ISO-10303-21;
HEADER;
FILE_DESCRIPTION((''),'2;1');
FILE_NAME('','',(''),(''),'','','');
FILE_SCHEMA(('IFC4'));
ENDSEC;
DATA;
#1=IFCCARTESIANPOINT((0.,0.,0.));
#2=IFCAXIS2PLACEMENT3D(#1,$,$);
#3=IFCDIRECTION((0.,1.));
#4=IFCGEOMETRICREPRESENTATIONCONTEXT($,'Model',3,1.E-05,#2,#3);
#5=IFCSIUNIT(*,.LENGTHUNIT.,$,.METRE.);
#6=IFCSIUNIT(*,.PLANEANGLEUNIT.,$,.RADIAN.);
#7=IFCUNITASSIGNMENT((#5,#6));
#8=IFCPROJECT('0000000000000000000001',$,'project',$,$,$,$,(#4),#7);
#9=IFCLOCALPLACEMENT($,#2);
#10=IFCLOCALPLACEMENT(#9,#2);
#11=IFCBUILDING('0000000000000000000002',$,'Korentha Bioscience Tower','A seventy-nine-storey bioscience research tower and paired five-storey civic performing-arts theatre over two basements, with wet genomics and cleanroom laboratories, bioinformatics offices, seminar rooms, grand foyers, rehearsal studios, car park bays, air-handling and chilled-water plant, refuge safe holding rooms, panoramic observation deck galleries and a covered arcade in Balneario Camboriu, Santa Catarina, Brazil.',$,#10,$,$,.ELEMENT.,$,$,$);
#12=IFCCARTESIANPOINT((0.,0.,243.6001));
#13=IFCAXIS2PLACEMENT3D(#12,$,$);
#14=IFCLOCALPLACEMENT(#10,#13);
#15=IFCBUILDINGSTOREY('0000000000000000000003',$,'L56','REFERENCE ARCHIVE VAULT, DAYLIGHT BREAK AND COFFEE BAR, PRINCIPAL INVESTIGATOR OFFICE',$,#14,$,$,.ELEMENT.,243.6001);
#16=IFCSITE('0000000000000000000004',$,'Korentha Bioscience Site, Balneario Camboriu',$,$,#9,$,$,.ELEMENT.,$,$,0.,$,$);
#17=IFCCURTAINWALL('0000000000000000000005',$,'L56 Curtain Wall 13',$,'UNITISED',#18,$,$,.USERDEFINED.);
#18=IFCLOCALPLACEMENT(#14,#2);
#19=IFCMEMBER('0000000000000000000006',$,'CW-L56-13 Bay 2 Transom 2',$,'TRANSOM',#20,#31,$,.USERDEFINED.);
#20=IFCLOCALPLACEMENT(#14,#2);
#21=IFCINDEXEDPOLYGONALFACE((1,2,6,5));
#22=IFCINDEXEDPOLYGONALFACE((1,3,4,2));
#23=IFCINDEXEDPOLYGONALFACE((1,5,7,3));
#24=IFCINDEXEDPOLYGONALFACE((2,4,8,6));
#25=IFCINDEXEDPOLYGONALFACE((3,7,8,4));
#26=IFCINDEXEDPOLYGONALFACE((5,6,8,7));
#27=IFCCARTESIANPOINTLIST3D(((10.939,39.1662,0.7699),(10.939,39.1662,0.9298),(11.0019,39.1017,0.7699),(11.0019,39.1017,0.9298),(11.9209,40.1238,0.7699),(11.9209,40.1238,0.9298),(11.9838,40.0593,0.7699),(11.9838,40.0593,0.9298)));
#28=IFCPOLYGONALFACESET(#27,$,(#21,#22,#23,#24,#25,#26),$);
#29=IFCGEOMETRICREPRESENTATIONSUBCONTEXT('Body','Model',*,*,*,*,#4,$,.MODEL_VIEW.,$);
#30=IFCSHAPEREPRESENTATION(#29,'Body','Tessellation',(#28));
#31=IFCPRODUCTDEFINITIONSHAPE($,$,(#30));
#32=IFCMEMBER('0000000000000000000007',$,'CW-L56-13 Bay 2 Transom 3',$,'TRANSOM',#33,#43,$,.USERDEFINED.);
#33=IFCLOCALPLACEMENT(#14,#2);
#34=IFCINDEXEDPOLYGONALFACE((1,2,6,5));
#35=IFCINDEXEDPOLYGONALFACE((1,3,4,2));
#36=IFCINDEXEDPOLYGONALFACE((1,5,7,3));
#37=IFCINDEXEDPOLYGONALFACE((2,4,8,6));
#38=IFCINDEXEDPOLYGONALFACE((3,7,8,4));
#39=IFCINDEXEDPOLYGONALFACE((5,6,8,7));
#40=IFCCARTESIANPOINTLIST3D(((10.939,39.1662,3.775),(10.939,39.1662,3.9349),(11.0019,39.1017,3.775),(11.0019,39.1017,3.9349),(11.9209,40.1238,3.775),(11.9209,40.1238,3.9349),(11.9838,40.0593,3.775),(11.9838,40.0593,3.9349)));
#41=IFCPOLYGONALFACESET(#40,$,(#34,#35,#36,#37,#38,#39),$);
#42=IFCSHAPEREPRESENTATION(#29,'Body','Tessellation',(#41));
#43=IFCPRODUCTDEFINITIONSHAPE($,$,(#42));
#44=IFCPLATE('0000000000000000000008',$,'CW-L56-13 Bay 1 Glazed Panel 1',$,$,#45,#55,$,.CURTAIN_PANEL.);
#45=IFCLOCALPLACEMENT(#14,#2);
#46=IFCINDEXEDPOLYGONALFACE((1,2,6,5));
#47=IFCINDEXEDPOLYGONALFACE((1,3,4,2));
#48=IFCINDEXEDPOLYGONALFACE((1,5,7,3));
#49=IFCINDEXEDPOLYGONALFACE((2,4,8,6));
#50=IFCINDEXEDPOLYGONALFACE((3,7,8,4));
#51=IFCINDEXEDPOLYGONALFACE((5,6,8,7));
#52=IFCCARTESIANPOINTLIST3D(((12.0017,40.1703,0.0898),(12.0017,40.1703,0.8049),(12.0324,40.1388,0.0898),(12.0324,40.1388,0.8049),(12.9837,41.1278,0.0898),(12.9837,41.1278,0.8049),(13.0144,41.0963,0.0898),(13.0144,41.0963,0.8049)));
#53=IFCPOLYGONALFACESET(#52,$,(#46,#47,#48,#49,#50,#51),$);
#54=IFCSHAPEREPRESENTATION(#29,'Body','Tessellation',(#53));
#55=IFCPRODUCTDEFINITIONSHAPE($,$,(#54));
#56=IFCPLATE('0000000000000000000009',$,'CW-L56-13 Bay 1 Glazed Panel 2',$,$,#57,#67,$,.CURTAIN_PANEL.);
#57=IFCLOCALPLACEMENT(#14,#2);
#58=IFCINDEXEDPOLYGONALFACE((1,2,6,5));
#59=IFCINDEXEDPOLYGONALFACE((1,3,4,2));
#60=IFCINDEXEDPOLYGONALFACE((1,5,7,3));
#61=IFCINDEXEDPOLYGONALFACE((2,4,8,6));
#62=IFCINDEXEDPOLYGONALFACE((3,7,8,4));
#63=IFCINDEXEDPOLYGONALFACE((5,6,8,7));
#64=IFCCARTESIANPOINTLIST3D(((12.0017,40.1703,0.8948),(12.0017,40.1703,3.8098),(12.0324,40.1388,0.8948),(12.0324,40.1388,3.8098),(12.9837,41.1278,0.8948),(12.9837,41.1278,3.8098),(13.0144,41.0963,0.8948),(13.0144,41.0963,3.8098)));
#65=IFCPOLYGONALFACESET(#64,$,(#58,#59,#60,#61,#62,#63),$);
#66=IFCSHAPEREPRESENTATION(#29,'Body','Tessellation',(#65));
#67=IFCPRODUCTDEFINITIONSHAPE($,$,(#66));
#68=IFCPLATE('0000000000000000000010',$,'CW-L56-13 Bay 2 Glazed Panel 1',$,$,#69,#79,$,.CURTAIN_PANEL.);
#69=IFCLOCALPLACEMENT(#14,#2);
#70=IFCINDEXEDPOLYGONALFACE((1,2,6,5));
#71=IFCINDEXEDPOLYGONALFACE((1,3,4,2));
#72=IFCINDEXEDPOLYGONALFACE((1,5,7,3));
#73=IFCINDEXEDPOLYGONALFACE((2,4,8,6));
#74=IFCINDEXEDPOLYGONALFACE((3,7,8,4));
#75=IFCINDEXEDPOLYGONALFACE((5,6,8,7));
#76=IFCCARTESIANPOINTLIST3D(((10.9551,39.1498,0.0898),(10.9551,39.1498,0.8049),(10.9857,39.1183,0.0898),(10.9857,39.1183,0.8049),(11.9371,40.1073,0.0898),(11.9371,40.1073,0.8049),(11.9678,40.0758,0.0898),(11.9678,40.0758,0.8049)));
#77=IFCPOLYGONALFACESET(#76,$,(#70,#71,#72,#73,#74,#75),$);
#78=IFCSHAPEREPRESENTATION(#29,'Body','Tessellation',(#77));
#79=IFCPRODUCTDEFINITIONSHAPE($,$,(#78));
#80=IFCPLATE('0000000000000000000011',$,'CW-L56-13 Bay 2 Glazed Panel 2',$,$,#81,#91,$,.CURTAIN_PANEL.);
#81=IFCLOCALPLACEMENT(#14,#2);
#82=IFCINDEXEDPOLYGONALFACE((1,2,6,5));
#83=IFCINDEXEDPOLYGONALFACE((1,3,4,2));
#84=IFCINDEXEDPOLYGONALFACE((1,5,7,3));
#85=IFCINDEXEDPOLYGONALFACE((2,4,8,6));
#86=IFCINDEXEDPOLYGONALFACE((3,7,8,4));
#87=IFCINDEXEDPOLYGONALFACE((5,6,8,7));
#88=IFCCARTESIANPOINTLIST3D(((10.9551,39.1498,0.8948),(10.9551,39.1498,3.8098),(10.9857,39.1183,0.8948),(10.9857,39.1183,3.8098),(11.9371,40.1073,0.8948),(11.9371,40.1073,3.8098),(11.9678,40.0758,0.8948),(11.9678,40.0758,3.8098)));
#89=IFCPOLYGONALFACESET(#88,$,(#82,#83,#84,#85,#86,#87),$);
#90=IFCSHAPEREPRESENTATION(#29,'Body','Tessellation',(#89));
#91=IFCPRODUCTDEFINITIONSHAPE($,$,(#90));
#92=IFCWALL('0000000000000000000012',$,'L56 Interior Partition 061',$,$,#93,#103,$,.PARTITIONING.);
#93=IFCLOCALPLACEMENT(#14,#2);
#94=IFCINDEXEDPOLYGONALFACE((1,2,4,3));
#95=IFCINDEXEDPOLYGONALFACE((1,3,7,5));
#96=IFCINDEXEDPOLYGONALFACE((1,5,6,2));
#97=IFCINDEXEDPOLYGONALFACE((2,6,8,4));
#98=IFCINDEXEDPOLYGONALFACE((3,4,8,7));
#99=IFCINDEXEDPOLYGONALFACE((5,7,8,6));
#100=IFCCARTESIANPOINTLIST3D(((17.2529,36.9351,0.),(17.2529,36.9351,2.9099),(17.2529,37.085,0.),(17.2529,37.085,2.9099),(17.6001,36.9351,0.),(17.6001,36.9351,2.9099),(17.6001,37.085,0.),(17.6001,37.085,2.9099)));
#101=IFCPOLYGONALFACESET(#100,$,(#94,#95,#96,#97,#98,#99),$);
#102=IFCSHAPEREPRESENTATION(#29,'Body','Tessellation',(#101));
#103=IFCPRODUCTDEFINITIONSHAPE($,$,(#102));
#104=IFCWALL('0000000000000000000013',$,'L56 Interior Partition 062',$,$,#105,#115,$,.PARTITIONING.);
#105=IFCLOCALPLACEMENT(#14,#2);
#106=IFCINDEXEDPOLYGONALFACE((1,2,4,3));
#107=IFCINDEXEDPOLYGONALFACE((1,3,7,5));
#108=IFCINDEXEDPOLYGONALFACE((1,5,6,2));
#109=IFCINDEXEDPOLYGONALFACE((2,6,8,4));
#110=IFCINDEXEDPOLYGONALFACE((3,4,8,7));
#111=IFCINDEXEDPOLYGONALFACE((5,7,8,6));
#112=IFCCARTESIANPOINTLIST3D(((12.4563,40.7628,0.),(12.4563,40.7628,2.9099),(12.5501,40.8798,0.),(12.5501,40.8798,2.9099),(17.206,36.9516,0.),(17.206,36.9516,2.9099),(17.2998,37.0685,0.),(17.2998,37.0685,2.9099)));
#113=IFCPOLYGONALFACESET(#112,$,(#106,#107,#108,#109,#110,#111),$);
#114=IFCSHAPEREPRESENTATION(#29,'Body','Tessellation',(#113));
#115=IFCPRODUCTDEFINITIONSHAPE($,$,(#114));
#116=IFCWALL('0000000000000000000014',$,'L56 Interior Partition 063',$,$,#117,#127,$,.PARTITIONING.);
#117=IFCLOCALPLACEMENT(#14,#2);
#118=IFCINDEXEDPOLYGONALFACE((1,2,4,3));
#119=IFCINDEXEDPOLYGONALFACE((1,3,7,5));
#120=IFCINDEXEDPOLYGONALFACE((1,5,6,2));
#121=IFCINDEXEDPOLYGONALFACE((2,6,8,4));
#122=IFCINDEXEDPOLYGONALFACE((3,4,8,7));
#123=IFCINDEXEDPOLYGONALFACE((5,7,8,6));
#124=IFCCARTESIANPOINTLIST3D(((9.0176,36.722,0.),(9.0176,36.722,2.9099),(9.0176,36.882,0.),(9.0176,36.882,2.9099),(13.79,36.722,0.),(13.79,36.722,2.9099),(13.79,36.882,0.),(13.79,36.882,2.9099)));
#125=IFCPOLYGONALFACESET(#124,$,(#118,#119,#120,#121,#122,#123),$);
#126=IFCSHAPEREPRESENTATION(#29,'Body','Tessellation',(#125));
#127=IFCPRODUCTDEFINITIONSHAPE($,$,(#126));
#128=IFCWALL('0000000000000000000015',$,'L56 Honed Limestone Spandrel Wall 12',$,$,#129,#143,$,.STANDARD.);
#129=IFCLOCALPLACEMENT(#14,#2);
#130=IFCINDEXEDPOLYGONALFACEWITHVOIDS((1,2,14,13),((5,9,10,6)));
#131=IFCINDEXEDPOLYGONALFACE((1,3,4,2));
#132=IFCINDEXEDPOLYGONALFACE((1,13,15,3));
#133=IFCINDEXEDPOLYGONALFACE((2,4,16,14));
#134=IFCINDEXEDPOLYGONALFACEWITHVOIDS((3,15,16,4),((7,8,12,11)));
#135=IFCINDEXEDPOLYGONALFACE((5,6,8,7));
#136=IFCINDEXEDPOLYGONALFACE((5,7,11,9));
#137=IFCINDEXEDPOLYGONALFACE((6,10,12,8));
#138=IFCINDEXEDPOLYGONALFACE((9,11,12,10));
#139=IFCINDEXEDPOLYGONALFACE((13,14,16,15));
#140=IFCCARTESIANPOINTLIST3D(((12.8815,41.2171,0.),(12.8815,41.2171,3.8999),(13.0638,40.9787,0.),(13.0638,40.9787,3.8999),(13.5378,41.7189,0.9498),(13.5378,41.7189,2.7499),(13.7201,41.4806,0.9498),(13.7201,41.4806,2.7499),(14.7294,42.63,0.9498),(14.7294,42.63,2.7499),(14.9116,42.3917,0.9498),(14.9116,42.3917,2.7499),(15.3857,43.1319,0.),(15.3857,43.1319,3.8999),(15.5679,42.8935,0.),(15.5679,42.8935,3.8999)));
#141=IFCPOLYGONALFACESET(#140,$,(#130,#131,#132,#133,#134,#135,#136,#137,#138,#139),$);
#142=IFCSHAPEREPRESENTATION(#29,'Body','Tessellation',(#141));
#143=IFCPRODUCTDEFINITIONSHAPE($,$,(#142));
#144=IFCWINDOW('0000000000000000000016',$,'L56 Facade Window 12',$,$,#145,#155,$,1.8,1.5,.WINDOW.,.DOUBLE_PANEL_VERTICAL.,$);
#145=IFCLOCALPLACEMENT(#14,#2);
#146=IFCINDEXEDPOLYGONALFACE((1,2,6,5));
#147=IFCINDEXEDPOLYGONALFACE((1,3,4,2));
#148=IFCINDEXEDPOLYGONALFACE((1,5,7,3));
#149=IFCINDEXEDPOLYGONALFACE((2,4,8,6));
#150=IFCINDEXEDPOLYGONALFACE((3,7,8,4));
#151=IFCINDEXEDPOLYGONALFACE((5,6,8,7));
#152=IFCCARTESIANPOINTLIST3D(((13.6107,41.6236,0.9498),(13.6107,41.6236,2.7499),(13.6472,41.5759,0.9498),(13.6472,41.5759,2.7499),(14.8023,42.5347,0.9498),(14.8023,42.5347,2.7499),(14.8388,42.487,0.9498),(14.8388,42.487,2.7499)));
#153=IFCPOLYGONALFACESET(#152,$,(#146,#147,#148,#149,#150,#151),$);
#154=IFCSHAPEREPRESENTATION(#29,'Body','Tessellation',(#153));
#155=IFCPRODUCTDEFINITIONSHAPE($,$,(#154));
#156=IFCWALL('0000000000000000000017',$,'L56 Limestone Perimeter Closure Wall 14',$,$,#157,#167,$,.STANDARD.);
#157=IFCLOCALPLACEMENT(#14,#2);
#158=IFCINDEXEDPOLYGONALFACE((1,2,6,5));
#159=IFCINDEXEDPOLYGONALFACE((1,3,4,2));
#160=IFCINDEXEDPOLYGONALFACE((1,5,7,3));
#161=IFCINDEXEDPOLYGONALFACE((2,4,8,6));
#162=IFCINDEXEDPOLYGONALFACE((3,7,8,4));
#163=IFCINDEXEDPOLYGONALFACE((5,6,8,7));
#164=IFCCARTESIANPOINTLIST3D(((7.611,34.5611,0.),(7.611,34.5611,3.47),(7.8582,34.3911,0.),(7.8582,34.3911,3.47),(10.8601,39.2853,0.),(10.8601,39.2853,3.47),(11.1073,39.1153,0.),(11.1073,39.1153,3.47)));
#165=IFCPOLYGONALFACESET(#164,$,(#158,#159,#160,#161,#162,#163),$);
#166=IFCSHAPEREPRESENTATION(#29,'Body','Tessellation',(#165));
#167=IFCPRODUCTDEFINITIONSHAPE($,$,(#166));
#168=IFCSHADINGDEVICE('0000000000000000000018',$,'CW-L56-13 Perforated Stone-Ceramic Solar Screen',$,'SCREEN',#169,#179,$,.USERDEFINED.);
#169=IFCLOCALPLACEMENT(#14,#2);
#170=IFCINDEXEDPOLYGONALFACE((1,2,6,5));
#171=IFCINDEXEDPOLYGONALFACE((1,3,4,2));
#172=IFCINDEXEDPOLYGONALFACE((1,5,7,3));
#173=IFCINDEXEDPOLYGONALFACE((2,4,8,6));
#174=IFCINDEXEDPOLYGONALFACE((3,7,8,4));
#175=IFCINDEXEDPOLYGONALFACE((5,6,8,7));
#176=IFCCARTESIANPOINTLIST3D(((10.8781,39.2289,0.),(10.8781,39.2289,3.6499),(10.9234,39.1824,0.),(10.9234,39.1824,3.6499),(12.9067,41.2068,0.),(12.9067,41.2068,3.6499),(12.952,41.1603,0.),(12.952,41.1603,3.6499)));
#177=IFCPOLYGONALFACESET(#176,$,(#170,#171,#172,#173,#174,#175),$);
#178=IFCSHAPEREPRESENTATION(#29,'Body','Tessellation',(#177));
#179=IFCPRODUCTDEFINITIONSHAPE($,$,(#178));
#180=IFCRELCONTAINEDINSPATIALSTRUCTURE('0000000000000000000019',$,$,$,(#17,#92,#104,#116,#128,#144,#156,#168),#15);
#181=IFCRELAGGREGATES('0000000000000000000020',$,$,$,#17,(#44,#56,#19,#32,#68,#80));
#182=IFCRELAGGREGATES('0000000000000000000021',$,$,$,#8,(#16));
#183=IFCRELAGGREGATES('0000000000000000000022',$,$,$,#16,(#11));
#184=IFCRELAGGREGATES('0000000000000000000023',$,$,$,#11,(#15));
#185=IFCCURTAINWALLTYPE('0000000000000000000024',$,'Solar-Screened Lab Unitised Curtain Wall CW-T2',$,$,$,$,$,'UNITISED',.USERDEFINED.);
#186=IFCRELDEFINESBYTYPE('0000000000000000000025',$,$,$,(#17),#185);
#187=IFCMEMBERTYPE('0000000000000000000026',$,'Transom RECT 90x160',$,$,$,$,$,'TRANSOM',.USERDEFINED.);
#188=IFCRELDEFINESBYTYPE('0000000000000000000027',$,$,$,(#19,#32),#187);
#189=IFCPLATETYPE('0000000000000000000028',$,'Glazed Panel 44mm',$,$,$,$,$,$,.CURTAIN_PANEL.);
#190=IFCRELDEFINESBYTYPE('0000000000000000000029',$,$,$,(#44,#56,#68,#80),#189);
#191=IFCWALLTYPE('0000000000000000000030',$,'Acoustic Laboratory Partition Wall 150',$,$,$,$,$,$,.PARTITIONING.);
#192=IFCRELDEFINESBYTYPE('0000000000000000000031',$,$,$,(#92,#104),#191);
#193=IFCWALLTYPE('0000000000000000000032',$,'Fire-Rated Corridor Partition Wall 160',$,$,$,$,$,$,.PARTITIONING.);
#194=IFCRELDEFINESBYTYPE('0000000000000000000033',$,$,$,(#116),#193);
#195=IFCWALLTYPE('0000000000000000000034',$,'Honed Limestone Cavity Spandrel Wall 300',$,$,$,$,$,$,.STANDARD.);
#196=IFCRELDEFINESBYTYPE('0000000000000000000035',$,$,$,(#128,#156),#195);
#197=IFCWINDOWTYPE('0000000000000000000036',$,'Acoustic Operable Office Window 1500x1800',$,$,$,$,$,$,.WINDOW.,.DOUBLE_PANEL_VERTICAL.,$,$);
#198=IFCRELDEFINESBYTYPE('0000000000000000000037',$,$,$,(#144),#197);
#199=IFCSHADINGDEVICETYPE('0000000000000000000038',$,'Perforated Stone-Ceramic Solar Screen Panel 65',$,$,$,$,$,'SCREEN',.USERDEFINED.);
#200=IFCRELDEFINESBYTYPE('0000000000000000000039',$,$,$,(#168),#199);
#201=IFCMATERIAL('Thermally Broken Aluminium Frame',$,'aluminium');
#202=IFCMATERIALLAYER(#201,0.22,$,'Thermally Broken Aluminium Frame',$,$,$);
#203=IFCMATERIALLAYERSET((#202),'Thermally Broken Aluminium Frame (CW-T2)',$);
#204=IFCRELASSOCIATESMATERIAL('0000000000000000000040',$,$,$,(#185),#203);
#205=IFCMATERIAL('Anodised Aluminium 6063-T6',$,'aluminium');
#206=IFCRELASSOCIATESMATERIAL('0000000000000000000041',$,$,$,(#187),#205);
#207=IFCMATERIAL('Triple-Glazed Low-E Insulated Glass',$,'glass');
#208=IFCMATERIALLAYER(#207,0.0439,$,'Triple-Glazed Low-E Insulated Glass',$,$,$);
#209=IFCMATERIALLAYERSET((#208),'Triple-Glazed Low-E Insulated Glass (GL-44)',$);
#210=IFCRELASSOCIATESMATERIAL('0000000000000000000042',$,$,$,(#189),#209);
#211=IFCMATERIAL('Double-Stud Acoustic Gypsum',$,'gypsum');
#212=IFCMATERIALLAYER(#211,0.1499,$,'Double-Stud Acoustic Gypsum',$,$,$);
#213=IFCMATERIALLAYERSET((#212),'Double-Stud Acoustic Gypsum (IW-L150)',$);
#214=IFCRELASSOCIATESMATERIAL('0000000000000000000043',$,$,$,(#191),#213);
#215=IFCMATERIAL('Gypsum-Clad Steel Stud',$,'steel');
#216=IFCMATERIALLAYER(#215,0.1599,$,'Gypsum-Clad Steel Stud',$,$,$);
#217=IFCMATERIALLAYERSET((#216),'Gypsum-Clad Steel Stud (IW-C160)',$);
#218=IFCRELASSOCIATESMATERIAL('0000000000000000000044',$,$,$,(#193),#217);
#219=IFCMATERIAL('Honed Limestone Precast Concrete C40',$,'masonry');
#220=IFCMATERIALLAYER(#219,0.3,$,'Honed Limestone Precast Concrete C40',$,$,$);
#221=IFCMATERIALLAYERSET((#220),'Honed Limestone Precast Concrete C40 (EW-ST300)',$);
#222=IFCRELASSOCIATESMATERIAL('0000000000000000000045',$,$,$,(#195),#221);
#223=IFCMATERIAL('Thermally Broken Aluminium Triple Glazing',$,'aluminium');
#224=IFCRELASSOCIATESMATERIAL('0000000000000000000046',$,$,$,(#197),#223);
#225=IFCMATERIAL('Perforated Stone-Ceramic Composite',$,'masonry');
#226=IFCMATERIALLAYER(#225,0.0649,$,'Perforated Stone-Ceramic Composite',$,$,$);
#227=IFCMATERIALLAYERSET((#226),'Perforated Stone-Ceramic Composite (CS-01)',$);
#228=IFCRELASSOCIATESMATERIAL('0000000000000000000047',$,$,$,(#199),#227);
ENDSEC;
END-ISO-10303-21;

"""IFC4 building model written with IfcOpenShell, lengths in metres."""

from ifc_helpers import new_model, si_unit, direction, frame, frame_2d, origin, origin_2d, place, context, subcontext, project, spatial, rectangle, extrude, material, layer, layer_set, material_profile, profile_set, type_object, element, fill, aggregate, save


model = new_model("IFC4")

# Units and contexts
model_context = context("Model", 3, precision=1e-05, world=origin(), true_north=direction((0.0, 1.0)))
body_context = subcontext(model_context, "Body", "Model", "MODEL_VIEW")
ifc_project = project(units=[si_unit("LENGTHUNIT", "METRE"), si_unit("PLANEANGLEUNIT", "RADIAN")], contexts=[model_context])

# Site, building, storey
site_placement = place(None, origin())
site = spatial("IfcSite", under=ifc_project, at=site_placement, Name="Korentha Bioscience Site, Balneario Camboriu", CompositionType="ELEMENT", RefElevation=0.0)
building_placement = place(site_placement, origin())
building = spatial("IfcBuilding", under=site, at=building_placement, Name="Korentha Bioscience Tower", Description="A seventy-nine-storey bioscience research tower and paired five-storey civic performing-arts theatre over two basements, with wet genomics and cleanroom laboratories, bioinformatics offices, seminar rooms, grand foyers, rehearsal studios, car park bays, air-handling and chilled-water plant, refuge safe holding rooms, panoramic observation deck galleries and a covered arcade in Balneario Camboriu, Santa Catarina, Brazil.", CompositionType="ELEMENT")
storey_placement = place(building_placement, frame((0.0, 0.0, 243.6001)))
storey = spatial("IfcBuildingStorey", under=building, at=storey_placement, Name="L56", Description="REFERENCE ARCHIVE VAULT, DAYLIGHT BREAK AND COFFEE BAR, PRINCIPAL INVESTIGATOR OFFICE", CompositionType="ELEMENT", Elevation=243.6001)

# Curtain wall
ifc_material_1 = material(Name="Thermally Broken Aluminium Frame", Category="aluminium")
ifc_layer_1 = layer(ifc_material_1, 0.22, Name="Thermally Broken Aluminium Frame")
ifc_layer_set_1 = layer_set([ifc_layer_1], Name="Thermally Broken Aluminium Frame (CW-T2)")
curtain_wall_type = type_object("IfcCurtainWallType", Name="Solar-Screened Lab Unitised Curtain Wall CW-T2", ElementType="UNITISED", PredefinedType="USERDEFINED", material=ifc_layer_set_1)
curtain_wall_placement = place(storey_placement, origin())
curtain_wall = element("IfcCurtainWall", 1, at=curtain_wall_placement, inside=storey, type_object=curtain_wall_type, Name="L56 Curtain Wall 13", ObjectType="UNITISED", PredefinedType="USERDEFINED")
ifc_material_2 = material(Name="Anodised Aluminium 6063-T6", Category="aluminium")

# Members
ifc_material_profile_1 = material_profile(ifc_material_2, rectangle(XDim=0.0901, YDim=0.1599, at=origin_2d()), Name="Anodised Aluminium 6063-T6")
ifc_profile_set_1 = profile_set([ifc_material_profile_1], Name="Anodised Aluminium 6063-T6 (CW-TRN)")
member_type_1 = type_object("IfcMemberType", Name="Transom RECT 90x160", ElementType="TRANSOM", PredefinedType="USERDEFINED", material=ifc_profile_set_1)
member_1_placement = place(storey_placement, frame((11.9524, 40.0916, 0.8499), z_axis=(-0.715951, -0.69815, 0.0), x_axis=(0.69815, -0.715951, 0.0)))
member_1 = element("IfcMember", 2, at=member_1_placement, type_object=member_type_1, Name="CW-L56-13 Bay 2 Transom 2", ObjectType="TRANSOM", PredefinedType="USERDEFINED", context=body_context, shape_type="SweptSolid", body=[
    extrude(rectangle(XDim=0.0901, YDim=0.1599, at=origin_2d()), origin(), (0.0, 0.0, 1.0), 1.3716),
])
member_2_placement = place(storey_placement, frame((11.9524, 40.0916, 3.855), z_axis=(-0.715951, -0.69815, 0.0), x_axis=(0.69815, -0.715951, 0.0)))
member_2 = element("IfcMember", 3, at=member_2_placement, type_object=member_type_1, Name="CW-L56-13 Bay 2 Transom 3", ObjectType="TRANSOM", PredefinedType="USERDEFINED", context=body_context, shape_type="SweptSolid", body=[
    extrude(rectangle(XDim=0.0901, YDim=0.1599, at=origin_2d()), origin(), (0.0, 0.0, 1.0), 1.3716),
])

# Plates
ifc_material_3 = material(Name="Triple-Glazed Low-E Insulated Glass", Category="glass")
ifc_layer_2 = layer(ifc_material_3, 0.0439, Name="Triple-Glazed Low-E Insulated Glass")
ifc_layer_set_2 = layer_set([ifc_layer_2], Name="Triple-Glazed Low-E Insulated Glass (GL-44)")
plate_type = type_object("IfcPlateType", Name="Glazed Panel 44mm", PredefinedType="CURTAIN_PANEL", material=ifc_layer_set_2)
plate_1_placement = place(storey_placement, frame((12.5081, 40.6333, 0.0898), z_axis=(0.0, 0.0, 1.0), x_axis=(-0.715994, -0.698107, 0.0)))
plate_1 = element("IfcPlate", 4, at=plate_1_placement, type_object=plate_type, Name="CW-L56-13 Bay 1 Glazed Panel 1", PredefinedType="CURTAIN_PANEL", context=body_context, shape_type="SweptSolid", body=[
    extrude(rectangle(XDim=1.3716, YDim=0.0439, at=origin_2d()), origin(), (0.0, 0.0, 1.0), 0.7151),
])
plate_2_placement = place(storey_placement, frame((12.5081, 40.6333, 0.8948), z_axis=(0.0, 0.0, 1.0), x_axis=(-0.715994, -0.698107, 0.0)))
plate_2 = element("IfcPlate", 5, at=plate_2_placement, type_object=plate_type, Name="CW-L56-13 Bay 1 Glazed Panel 2", PredefinedType="CURTAIN_PANEL", context=body_context, shape_type="SweptSolid", body=[
    extrude(rectangle(XDim=1.3716, YDim=0.0439, at=origin_2d()), origin(), (0.0, 0.0, 1.0), 2.915),
])
plate_3_placement = place(storey_placement, frame((11.4614, 39.6128, 0.0898), z_axis=(0.0, 0.0, 1.0), x_axis=(-0.715994, -0.698107, 0.0)))
plate_3 = element("IfcPlate", 6, at=plate_3_placement, type_object=plate_type, Name="CW-L56-13 Bay 2 Glazed Panel 1", PredefinedType="CURTAIN_PANEL", context=body_context, shape_type="SweptSolid", body=[
    extrude(rectangle(XDim=1.3716, YDim=0.0439, at=origin_2d()), origin(), (0.0, 0.0, 1.0), 0.7151),
])
plate_4_placement = place(storey_placement, frame((11.4614, 39.6128, 0.8948), z_axis=(0.0, 0.0, 1.0), x_axis=(-0.715994, -0.698107, 0.0)))
plate_4 = element("IfcPlate", 7, at=plate_4_placement, type_object=plate_type, Name="CW-L56-13 Bay 2 Glazed Panel 2", PredefinedType="CURTAIN_PANEL", context=body_context, shape_type="SweptSolid", body=[
    extrude(rectangle(XDim=1.3716, YDim=0.0439, at=origin_2d()), origin(), (0.0, 0.0, 1.0), 2.915),
])
aggregate(curtain_wall, [plate_1, plate_2, member_1, member_2, plate_3, plate_4])

# Walls
ifc_material_4 = material(Name="Double-Stud Acoustic Gypsum", Category="gypsum")
ifc_layer_3 = layer(ifc_material_4, 0.1499, Name="Double-Stud Acoustic Gypsum")
ifc_layer_set_3 = layer_set([ifc_layer_3], Name="Double-Stud Acoustic Gypsum (IW-L150)")
wall_type_1 = type_object("IfcWallType", Name="Acoustic Laboratory Partition Wall 150", PredefinedType="PARTITIONING", material=ifc_layer_set_3)
wall_1_placement = place(storey_placement, frame((17.6001, 37.01, 0.0), z_axis=(0.0, 0.0, 1.0), x_axis=(-1.0, 0.0, 0.0)))
element("IfcWall", 8, at=wall_1_placement, inside=storey, type_object=wall_type_1, Name="L56 Interior Partition 061", PredefinedType="PARTITIONING", context=body_context, shape_type="SweptSolid", body=[
    extrude(rectangle(XDim=0.3472, YDim=0.1499, at=frame_2d((0.1736, 0.0))), origin(), (0.0, 0.0, 1.0), 2.9099),
])
wall_2_placement = place(storey_placement, frame((17.2529, 37.01, 0.0), z_axis=(0.0, 0.0, 1.0), x_axis=(-0.779949, 0.625843, 0.0)))
element("IfcWall", 9, at=wall_2_placement, inside=storey, type_object=wall_type_1, Name="L56 Interior Partition 062", PredefinedType="PARTITIONING", context=body_context, shape_type="SweptSolid", body=[
    extrude(rectangle(XDim=6.0898, YDim=0.1499, at=frame_2d((3.0449, 0.0))), origin(), (0.0, 0.0, 1.0), 2.9099),
])

# Shared definitions
ifc_material_5 = material(Name="Gypsum-Clad Steel Stud", Category="steel")
ifc_layer_4 = layer(ifc_material_5, 0.1599, Name="Gypsum-Clad Steel Stud")
ifc_layer_set_4 = layer_set([ifc_layer_4], Name="Gypsum-Clad Steel Stud (IW-C160)")
wall_type_2 = type_object("IfcWallType", Name="Fire-Rated Corridor Partition Wall 160", PredefinedType="PARTITIONING", material=ifc_layer_set_4)

# Wall
wall_3_placement = place(storey_placement, frame((13.79, 36.802, 0.0), z_axis=(0.0, 0.0, 1.0), x_axis=(-1.0, 0.0, 0.0)))
element("IfcWall", 10, at=wall_3_placement, inside=storey, type_object=wall_type_2, Name="L56 Interior Partition 063", PredefinedType="PARTITIONING", context=body_context, shape_type="SweptSolid", body=[
    extrude(rectangle(XDim=4.7725, YDim=0.1599, at=frame_2d((2.3862, 0.0))), origin(), (0.0, 0.0, 1.0), 2.9099),
])

# Wall, opening, window
ifc_material_6 = material(Name="Honed Limestone Precast Concrete C40", Category="masonry")
ifc_layer_5 = layer(ifc_material_6, 0.3, Name="Honed Limestone Precast Concrete C40")
ifc_layer_set_5 = layer_set([ifc_layer_5], Name="Honed Limestone Precast Concrete C40 (EW-ST300)")
wall_type_3 = type_object("IfcWallType", Name="Honed Limestone Cavity Spandrel Wall 300", PredefinedType="STANDARD", material=ifc_layer_set_5)
wall_4_placement = place(storey_placement, frame((15.4768, 43.0127, 0.0), z_axis=(0.0, 0.0, 1.0), x_axis=(-0.79438, -0.607421, 0.0)))
wall_4 = element("IfcWall", 11, at=wall_4_placement, inside=storey, type_object=wall_type_3, Name="L56 Honed Limestone Spandrel Wall 12", PredefinedType="STANDARD", context=body_context, shape_type="SweptSolid", body=[
    extrude(rectangle(XDim=3.1523, YDim=0.3, at=frame_2d((1.5762, 0.0))), origin(), (0.0, 0.0, 1.0), 3.8999),
])
opening_1_placement = place(wall_4_placement, frame((0.8262, 0.0, 0.95)))
opening_1 = element("IfcOpeningElement", 12, at=opening_1_placement, cuts=wall_4, PredefinedType="OPENING", context=body_context, shape_type="SweptSolid", body=[
    extrude(rectangle(XDim=1.5, YDim=1.8, at=frame_2d((0.75, 0.8999))), frame((0.0, 0.165, 0.0), z_axis=(0.0, -1.0, 0.0), x_axis=(1.0, 0.0, 0.0)), (0.0, 0.0, 1.0), 0.3298),
])
ifc_material_7 = material(Name="Thermally Broken Aluminium Triple Glazing", Category="aluminium")
window_type = type_object("IfcWindowType", Name="Acoustic Operable Office Window 1500x1800", PartitioningType="DOUBLE_PANEL_VERTICAL", PredefinedType="WINDOW", material=ifc_material_7)
window_placement = place(opening_1_placement, origin())
window = element("IfcWindow", 13, at=window_placement, inside=storey, type_object=window_type, Name="L56 Facade Window 12", OverallHeight=1.8, OverallWidth=1.5, PartitioningType="DOUBLE_PANEL_VERTICAL", PredefinedType="WINDOW", context=body_context, shape_type="SweptSolid", body=[
    extrude(rectangle(XDim=1.5, YDim=1.8, at=frame_2d((0.75, 0.8999))), frame((0.0, 0.03, 0.0), z_axis=(0.0, -1.0, 0.0), x_axis=(1.0, 0.0, 0.0)), (0.0, 0.0, 1.0), 0.0601),
])
fill(opening_1, window)

# Wall
wall_5_placement = place(storey_placement, frame((10.9836, 39.2002, 0.0), z_axis=(0.0, 0.0, 1.0), x_axis=(-0.56667, -0.823945, 0.0)))
element("IfcWall", 14, at=wall_5_placement, inside=storey, type_object=wall_type_3, Name="L56 Limestone Perimeter Closure Wall 14", PredefinedType="STANDARD", context=body_context, shape_type="SweptSolid", body=[
    extrude(rectangle(XDim=5.7336, YDim=0.3, at=frame_2d((2.8667, 0.0))), origin(), (0.0, 0.0, 1.0), 3.47),
])

# Shading device
ifc_material_8 = material(Name="Perforated Stone-Ceramic Composite", Category="masonry")
ifc_layer_6 = layer(ifc_material_8, 0.0649, Name="Perforated Stone-Ceramic Composite")
ifc_layer_set_6 = layer_set([ifc_layer_6], Name="Perforated Stone-Ceramic Composite (CS-01)")
shading_device_type_1 = type_object("IfcShadingDeviceType", Name="Perforated Stone-Ceramic Solar Screen Panel 65", ElementType="SCREEN", PredefinedType="USERDEFINED", material=ifc_layer_set_6)
shading_device_1_placement = place(storey_placement, frame((11.915, 40.1946, 0.0), z_axis=(0.0, 0.0, 1.0), x_axis=(-0.715994, -0.698107, 0.0)))
element("IfcShadingDevice", 15, at=shading_device_1_placement, inside=storey, type_object=shading_device_type_1, Name="CW-L56-13 Perforated Stone-Ceramic Solar Screen", ObjectType="SCREEN", PredefinedType="USERDEFINED", context=body_context, shape_type="SweptSolid", body=[
    extrude(rectangle(XDim=2.8333, YDim=0.0649, at=origin_2d()), origin(), (0.0, 0.0, 1.0), 3.6499),
])

save(model, "model.ifc")
